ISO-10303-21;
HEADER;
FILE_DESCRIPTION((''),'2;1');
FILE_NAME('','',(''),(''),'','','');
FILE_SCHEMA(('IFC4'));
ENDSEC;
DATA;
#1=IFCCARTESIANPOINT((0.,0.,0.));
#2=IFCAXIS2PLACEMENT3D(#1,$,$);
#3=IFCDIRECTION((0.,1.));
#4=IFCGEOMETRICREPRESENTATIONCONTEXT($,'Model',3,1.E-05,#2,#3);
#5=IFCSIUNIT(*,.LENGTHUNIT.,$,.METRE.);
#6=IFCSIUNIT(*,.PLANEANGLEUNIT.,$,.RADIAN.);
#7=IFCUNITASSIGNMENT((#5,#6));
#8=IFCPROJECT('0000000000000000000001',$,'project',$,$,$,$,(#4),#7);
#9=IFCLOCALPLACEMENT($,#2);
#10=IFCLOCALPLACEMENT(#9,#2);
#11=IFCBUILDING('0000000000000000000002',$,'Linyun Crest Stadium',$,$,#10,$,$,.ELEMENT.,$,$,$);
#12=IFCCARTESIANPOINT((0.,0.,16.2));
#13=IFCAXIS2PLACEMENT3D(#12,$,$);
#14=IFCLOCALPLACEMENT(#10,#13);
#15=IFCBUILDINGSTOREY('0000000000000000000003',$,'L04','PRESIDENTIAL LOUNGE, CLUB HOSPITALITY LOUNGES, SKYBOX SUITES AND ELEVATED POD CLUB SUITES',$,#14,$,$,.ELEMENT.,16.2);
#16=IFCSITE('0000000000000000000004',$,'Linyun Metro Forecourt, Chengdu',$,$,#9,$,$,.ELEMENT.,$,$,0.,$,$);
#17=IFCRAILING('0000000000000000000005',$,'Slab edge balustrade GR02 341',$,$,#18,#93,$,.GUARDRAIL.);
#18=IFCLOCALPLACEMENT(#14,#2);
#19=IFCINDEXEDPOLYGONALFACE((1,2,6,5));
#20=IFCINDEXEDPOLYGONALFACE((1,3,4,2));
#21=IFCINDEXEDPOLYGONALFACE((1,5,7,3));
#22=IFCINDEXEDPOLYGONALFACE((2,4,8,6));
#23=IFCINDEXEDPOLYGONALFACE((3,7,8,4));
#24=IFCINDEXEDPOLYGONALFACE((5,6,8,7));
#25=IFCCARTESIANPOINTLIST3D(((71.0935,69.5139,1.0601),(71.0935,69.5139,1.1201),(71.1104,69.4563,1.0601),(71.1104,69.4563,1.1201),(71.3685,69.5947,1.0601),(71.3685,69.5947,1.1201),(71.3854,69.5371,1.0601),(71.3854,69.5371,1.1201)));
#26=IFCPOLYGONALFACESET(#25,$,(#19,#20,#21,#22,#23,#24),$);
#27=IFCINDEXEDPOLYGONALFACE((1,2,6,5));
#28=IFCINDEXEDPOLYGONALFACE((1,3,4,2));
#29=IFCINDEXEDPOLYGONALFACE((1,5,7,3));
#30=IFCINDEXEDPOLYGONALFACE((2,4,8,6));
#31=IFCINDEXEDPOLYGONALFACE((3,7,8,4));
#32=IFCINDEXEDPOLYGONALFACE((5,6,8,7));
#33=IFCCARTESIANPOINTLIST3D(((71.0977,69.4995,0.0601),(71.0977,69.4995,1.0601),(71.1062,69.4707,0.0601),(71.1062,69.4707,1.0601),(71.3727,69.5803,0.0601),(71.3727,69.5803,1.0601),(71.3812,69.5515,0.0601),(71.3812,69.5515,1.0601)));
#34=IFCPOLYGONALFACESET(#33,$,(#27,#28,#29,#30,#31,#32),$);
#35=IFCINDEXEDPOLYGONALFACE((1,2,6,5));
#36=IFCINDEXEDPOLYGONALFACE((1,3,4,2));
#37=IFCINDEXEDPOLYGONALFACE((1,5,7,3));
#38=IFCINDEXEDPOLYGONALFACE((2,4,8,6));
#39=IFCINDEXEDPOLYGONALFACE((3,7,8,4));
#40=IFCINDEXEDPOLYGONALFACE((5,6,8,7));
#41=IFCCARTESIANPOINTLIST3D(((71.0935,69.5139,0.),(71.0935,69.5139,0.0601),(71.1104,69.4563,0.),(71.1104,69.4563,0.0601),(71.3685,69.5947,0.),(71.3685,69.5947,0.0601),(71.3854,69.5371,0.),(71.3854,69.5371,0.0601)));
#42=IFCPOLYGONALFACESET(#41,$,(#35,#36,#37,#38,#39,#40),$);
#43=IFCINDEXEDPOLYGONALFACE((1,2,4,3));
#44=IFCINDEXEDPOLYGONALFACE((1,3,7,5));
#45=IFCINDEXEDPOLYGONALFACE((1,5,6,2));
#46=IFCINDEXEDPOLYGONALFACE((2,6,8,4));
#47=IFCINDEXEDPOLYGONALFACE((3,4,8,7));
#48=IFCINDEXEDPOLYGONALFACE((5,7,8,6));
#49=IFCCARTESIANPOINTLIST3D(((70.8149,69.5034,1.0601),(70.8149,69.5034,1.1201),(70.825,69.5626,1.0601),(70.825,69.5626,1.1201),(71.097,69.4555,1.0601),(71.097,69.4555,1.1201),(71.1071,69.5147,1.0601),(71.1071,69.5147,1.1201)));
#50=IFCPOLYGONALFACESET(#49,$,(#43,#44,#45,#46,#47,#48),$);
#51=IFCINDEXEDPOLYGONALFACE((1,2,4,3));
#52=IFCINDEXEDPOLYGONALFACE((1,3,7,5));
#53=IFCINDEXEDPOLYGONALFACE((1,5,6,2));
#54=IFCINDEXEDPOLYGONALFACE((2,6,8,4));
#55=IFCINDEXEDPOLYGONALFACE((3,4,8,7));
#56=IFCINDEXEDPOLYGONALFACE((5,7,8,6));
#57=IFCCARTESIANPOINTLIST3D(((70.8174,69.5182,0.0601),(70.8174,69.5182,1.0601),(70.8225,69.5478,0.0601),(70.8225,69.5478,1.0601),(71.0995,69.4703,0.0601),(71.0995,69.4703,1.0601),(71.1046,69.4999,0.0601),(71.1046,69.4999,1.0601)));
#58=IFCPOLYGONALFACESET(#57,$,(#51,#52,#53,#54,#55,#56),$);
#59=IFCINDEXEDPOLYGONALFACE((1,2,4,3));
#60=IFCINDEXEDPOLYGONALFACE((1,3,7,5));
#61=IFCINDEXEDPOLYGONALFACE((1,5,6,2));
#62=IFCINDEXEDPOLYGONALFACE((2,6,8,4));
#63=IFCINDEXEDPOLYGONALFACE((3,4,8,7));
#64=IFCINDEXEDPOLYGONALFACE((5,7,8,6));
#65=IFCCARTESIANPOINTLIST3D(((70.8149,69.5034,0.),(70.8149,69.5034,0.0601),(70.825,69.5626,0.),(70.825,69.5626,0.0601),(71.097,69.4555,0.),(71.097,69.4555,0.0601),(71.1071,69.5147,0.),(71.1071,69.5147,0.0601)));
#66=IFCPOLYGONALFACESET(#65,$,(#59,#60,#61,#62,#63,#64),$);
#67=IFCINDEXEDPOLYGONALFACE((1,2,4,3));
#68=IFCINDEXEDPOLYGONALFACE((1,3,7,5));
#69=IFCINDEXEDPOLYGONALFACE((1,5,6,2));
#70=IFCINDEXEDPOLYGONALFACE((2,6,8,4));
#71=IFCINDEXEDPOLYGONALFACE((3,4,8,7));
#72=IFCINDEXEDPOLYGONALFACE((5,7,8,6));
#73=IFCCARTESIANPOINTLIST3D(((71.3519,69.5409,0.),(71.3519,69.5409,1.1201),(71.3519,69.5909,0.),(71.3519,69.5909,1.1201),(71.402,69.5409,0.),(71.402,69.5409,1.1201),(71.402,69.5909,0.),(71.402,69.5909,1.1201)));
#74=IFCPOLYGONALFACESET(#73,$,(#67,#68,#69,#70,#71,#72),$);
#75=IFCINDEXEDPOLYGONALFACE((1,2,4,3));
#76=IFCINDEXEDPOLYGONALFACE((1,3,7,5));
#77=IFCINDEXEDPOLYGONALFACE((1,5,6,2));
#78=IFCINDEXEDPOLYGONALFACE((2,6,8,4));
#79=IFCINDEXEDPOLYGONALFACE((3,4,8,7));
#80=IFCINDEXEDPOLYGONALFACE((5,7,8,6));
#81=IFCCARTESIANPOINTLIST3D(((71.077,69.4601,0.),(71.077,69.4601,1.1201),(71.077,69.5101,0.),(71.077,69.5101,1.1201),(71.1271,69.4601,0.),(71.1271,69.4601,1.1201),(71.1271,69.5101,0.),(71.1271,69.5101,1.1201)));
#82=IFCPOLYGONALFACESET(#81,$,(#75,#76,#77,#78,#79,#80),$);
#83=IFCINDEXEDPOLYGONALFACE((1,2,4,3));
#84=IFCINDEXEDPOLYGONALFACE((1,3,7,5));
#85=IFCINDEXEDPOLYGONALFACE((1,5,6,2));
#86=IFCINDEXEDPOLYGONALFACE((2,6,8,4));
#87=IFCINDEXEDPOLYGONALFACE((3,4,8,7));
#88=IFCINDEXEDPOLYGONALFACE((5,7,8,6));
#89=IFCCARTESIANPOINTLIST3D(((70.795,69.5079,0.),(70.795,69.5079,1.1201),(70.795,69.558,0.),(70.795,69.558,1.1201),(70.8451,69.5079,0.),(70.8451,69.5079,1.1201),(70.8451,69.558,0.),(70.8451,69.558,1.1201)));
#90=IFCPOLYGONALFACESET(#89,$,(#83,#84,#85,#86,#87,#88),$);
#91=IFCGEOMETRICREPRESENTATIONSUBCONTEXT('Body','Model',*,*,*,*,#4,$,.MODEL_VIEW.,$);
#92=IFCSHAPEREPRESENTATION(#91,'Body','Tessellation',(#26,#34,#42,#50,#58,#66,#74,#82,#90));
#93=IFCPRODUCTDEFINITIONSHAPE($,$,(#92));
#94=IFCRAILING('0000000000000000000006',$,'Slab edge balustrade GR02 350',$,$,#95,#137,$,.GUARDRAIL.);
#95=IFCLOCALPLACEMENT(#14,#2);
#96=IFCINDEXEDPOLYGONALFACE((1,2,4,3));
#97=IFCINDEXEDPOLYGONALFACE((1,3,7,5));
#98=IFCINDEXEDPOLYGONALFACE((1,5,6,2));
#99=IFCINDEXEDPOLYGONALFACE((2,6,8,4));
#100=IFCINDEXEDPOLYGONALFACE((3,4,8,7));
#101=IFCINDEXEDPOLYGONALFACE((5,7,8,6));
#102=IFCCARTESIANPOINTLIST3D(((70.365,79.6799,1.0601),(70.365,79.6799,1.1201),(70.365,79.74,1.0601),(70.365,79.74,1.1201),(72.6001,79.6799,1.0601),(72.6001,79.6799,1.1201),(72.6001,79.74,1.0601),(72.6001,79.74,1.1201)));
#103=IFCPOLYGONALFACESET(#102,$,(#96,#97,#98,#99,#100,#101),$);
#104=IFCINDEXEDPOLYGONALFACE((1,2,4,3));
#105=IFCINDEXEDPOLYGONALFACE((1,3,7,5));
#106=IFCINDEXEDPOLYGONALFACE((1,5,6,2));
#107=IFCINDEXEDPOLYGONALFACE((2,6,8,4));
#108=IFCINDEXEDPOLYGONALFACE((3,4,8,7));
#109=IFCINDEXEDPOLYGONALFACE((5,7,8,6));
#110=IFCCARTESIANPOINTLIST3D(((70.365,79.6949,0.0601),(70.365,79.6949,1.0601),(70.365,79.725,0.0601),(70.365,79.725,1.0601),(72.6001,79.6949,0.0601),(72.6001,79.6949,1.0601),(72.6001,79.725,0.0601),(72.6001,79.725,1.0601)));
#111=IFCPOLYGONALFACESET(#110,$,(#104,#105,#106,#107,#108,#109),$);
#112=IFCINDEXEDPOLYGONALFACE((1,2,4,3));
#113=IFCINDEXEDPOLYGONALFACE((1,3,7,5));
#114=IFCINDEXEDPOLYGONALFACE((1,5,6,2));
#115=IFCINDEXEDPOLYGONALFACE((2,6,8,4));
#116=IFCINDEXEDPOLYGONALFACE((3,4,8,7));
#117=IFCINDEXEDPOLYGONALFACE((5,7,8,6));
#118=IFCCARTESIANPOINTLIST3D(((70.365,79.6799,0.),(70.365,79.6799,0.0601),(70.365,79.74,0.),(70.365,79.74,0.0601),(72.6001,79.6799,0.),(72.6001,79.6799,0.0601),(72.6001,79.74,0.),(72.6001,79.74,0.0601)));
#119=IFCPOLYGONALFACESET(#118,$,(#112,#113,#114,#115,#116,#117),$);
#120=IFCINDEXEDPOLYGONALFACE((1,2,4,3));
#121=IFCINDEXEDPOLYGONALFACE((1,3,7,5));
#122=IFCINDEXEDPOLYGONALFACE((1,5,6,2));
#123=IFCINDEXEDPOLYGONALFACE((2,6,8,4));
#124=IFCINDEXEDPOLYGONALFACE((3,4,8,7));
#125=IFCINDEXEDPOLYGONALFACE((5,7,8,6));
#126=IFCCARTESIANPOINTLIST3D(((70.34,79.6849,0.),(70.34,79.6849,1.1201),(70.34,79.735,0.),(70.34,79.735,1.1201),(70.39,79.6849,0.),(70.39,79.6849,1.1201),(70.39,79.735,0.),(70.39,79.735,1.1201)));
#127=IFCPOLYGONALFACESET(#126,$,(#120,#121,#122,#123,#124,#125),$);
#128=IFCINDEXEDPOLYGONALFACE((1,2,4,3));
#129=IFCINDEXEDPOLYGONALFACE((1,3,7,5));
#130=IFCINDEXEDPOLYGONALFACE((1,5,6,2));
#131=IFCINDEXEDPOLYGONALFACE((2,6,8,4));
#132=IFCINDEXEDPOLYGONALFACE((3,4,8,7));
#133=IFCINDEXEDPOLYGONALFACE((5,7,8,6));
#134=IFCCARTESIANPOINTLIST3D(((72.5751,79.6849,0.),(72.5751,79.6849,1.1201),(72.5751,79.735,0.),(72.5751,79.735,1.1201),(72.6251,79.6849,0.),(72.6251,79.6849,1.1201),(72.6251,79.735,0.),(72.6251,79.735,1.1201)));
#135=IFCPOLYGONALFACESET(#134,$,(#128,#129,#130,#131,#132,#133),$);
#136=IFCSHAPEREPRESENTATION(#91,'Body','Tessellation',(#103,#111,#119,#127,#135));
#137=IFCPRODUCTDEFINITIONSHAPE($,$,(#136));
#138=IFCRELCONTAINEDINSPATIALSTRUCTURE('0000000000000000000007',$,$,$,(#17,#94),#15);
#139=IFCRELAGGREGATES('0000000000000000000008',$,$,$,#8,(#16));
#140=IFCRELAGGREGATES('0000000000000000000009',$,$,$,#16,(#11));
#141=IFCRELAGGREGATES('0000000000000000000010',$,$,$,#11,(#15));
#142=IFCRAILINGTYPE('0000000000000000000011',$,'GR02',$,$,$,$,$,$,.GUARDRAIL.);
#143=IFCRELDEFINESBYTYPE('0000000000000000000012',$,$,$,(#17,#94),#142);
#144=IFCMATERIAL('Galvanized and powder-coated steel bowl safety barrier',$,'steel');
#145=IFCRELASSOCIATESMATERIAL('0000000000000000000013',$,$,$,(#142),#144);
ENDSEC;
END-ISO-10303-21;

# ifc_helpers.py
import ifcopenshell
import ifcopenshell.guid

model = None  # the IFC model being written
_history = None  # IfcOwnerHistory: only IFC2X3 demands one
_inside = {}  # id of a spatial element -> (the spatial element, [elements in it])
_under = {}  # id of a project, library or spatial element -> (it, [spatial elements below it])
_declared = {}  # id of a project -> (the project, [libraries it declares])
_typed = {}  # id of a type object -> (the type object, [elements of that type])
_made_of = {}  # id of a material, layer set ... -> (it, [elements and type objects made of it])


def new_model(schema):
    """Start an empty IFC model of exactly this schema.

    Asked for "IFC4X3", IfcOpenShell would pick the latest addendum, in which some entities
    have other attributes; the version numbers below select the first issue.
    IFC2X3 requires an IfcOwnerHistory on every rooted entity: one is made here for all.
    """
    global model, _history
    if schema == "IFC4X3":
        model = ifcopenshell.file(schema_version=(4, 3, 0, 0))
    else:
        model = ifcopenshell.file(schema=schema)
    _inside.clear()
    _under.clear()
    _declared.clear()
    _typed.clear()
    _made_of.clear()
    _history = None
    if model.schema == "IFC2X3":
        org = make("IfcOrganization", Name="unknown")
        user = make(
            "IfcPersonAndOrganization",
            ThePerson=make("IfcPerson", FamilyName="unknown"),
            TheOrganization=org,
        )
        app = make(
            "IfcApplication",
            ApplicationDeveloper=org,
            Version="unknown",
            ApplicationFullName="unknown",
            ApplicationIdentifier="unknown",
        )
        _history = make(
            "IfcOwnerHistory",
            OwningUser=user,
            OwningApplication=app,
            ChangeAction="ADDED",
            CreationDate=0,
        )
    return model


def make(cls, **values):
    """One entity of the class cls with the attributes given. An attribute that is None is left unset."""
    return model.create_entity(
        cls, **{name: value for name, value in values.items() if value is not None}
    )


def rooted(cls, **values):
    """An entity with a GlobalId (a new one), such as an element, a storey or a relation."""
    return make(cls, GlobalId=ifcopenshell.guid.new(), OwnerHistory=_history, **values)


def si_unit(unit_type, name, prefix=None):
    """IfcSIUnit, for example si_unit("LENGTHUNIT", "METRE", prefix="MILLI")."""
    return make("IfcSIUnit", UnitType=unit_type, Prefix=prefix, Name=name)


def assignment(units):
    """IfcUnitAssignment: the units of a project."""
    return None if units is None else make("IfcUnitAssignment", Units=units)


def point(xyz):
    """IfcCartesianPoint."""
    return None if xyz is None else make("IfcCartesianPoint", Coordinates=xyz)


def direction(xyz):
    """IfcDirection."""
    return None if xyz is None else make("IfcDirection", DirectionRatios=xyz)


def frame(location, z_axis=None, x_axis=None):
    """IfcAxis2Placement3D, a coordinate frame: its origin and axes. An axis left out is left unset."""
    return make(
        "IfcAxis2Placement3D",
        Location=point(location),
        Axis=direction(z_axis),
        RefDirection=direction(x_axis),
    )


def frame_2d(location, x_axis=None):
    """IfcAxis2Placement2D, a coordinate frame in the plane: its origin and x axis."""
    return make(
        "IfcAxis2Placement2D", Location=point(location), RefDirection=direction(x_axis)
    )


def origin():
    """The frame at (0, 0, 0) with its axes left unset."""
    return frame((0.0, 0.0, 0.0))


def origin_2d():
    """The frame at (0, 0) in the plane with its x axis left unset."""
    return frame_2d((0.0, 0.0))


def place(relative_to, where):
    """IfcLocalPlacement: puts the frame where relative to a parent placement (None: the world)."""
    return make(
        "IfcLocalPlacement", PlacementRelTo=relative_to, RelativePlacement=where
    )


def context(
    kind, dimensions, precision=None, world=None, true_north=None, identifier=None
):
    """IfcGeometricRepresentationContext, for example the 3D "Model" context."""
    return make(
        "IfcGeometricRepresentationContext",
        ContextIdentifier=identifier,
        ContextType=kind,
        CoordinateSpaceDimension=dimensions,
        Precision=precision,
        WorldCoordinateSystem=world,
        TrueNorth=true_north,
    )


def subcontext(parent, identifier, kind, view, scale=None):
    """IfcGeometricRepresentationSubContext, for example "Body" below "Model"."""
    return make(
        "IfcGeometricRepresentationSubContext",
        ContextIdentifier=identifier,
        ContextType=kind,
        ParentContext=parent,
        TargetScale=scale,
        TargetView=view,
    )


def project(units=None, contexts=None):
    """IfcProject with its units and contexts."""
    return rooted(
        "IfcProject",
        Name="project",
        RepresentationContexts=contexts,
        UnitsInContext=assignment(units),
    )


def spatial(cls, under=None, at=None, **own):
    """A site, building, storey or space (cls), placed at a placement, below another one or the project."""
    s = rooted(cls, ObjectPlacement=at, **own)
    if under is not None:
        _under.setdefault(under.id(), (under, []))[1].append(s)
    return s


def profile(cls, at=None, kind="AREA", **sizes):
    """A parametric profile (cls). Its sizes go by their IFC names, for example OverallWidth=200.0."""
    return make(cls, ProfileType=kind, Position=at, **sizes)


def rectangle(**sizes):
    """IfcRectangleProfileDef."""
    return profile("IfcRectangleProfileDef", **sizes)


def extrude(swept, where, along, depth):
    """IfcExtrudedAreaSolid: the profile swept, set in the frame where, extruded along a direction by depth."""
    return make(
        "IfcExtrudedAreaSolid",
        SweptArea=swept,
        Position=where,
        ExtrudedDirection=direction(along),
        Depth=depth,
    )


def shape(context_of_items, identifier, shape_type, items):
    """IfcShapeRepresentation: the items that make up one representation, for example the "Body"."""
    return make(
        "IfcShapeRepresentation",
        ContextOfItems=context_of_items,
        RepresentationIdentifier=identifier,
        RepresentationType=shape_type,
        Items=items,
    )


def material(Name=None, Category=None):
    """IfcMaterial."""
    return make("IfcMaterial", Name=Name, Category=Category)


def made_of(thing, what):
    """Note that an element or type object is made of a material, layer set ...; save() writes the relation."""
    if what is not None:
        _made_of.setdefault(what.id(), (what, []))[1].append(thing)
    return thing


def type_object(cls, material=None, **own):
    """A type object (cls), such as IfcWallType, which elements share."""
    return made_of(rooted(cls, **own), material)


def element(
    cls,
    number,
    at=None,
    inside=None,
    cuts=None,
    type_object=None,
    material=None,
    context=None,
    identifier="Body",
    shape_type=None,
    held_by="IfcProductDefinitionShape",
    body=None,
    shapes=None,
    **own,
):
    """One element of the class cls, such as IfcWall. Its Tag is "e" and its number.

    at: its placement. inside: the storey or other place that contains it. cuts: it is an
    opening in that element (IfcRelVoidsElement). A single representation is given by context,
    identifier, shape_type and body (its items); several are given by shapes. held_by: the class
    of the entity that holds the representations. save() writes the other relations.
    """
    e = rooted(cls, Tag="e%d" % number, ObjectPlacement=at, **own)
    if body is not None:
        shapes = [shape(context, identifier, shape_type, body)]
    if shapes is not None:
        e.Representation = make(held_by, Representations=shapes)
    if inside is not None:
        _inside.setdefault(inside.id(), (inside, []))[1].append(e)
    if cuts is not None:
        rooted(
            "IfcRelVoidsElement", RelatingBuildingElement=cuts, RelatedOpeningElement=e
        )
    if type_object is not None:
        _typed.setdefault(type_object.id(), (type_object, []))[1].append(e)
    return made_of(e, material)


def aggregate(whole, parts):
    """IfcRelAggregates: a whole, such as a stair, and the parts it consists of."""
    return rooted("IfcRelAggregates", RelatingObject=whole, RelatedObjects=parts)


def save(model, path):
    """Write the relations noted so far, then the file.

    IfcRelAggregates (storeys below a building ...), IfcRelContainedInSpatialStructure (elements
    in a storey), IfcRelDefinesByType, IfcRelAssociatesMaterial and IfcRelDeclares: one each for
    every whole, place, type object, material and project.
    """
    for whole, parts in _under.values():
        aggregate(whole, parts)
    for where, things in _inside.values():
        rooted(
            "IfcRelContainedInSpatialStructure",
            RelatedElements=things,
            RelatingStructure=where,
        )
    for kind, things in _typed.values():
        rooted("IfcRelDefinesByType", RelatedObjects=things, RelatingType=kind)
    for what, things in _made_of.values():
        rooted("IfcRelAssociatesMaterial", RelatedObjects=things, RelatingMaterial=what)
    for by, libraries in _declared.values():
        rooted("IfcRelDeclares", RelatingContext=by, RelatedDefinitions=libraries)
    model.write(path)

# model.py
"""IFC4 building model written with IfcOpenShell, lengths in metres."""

from ifc_helpers import new_model, si_unit, direction, frame, origin, origin_2d, place, context, subcontext, project, spatial, rectangle, extrude, material, type_object, element, save


model = new_model("IFC4")

# Units and contexts
model_context = context("Model", 3, precision=1e-05, world=origin(), true_north=direction((0.0, 1.0)))
body_context = subcontext(model_context, "Body", "Model", "MODEL_VIEW")
ifc_project = project(units=[si_unit("LENGTHUNIT", "METRE"), si_unit("PLANEANGLEUNIT", "RADIAN")], contexts=[model_context])

# Site, building, storey
site_placement = place(None, origin())
site = spatial("IfcSite", under=ifc_project, at=site_placement, Name="Linyun Metro Forecourt, Chengdu", CompositionType="ELEMENT", RefElevation=0.0)
building_placement = place(site_placement, origin())
building = spatial("IfcBuilding", under=site, at=building_placement, Name="Linyun Crest Stadium", CompositionType="ELEMENT")
storey_placement = place(building_placement, frame((0.0, 0.0, 16.2)))
storey = spatial("IfcBuildingStorey", under=building, at=storey_placement, Name="L04", Description="PRESIDENTIAL LOUNGE, CLUB HOSPITALITY LOUNGES, SKYBOX SUITES AND ELEVATED POD CLUB SUITES", CompositionType="ELEMENT", Elevation=16.2)

# Railings
ifc_material_1 = material(Name="Galvanized and powder-coated steel bowl safety barrier", Category="steel")
railing_type_1 = type_object("IfcRailingType", Name="GR02", PredefinedType="GUARDRAIL", material=ifc_material_1)
railing_1_placement = place(storey_placement, frame((71.377, 69.5659, 0.0)))
element("IfcRailing", 1, at=railing_1_placement, inside=storey, type_object=railing_type_1, Name="Slab edge balustrade GR02 341", PredefinedType="GUARDRAIL", context=body_context, shape_type="SweptSolid", body=[
    extrude(rectangle(XDim=0.0601, YDim=0.0601, at=origin_2d()), frame((0.0, 0.0, 1.0901), z_axis=(-0.959406, -0.282028, 0.0), x_axis=(0.282028, -0.959406, 0.0)), (0.0, 0.0, 1.0), 0.2866),
    extrude(rectangle(XDim=0.03, YDim=1.0, at=origin_2d()), frame((0.0, 0.0, 0.5601), z_axis=(-0.959406, -0.282028, 0.0), x_axis=(0.282028, -0.959406, 0.0)), (0.0, 0.0, 1.0), 0.2866),
    extrude(rectangle(XDim=0.0601, YDim=0.0601, at=origin_2d()), frame((0.0, 0.0, 0.03), z_axis=(-0.959406, -0.282028, 0.0), x_axis=(0.282028, -0.959406, 0.0)), (0.0, 0.0, 1.0), 0.2866),
    extrude(rectangle(XDim=0.0601, YDim=0.0601, at=origin_2d()), frame((-0.2749, -0.0808, 1.0901), z_axis=(-0.985905, 0.167305, 0.0), x_axis=(-0.167305, -0.985905, 0.0)), (0.0, 0.0, 1.0), 0.2861),
    extrude(rectangle(XDim=0.03, YDim=1.0, at=origin_2d()), frame((-0.2749, -0.0808, 0.5601), z_axis=(-0.985905, 0.167305, 0.0), x_axis=(-0.167305, -0.985905, 0.0)), (0.0, 0.0, 1.0), 0.2861),
    extrude(rectangle(XDim=0.0601, YDim=0.0601, at=origin_2d()), frame((-0.2749, -0.0808, 0.03), z_axis=(-0.985905, 0.167305, 0.0), x_axis=(-0.167305, -0.985905, 0.0)), (0.0, 0.0, 1.0), 0.2861),
    extrude(rectangle(XDim=0.05, YDim=0.05, at=origin_2d()), origin(), (0.0, 0.0, 1.0), 1.1201),
    extrude(rectangle(XDim=0.05, YDim=0.05, at=origin_2d()), frame((-0.2749, -0.0808, 0.0)), (0.0, 0.0, 1.0), 1.1201),
    extrude(rectangle(XDim=0.05, YDim=0.05, at=origin_2d()), frame((-0.5569, -0.033, 0.0)), (0.0, 0.0, 1.0), 1.1201),
])
railing_2_placement = place(storey_placement, frame((70.365, 79.71, 0.0)))
element("IfcRailing", 2, at=railing_2_placement, inside=storey, type_object=railing_type_1, Name="Slab edge balustrade GR02 350", PredefinedType="GUARDRAIL", context=body_context, shape_type="SweptSolid", body=[
    extrude(rectangle(XDim=0.0601, YDim=0.0601, at=origin_2d()), frame((0.0, 0.0, 1.0901), z_axis=(1.0, 0.0, 0.0), x_axis=(0.0, 1.0, 0.0)), (0.0, 0.0, 1.0), 2.2351),
    extrude(rectangle(XDim=0.03, YDim=1.0, at=origin_2d()), frame((0.0, 0.0, 0.5601), z_axis=(1.0, 0.0, 0.0), x_axis=(0.0, 1.0, 0.0)), (0.0, 0.0, 1.0), 2.2351),
    extrude(rectangle(XDim=0.0601, YDim=0.0601, at=origin_2d()), frame((0.0, 0.0, 0.03), z_axis=(1.0, 0.0, 0.0), x_axis=(0.0, 1.0, 0.0)), (0.0, 0.0, 1.0), 2.2351),
    extrude(rectangle(XDim=0.05, YDim=0.05, at=origin_2d()), origin(), (0.0, 0.0, 1.0), 1.1201),
    extrude(rectangle(XDim=0.05, YDim=0.05, at=origin_2d()), frame((2.2351, 0.0, 0.0)), (0.0, 0.0, 1.0), 1.1201),
])

save(model, "model.ifc")
